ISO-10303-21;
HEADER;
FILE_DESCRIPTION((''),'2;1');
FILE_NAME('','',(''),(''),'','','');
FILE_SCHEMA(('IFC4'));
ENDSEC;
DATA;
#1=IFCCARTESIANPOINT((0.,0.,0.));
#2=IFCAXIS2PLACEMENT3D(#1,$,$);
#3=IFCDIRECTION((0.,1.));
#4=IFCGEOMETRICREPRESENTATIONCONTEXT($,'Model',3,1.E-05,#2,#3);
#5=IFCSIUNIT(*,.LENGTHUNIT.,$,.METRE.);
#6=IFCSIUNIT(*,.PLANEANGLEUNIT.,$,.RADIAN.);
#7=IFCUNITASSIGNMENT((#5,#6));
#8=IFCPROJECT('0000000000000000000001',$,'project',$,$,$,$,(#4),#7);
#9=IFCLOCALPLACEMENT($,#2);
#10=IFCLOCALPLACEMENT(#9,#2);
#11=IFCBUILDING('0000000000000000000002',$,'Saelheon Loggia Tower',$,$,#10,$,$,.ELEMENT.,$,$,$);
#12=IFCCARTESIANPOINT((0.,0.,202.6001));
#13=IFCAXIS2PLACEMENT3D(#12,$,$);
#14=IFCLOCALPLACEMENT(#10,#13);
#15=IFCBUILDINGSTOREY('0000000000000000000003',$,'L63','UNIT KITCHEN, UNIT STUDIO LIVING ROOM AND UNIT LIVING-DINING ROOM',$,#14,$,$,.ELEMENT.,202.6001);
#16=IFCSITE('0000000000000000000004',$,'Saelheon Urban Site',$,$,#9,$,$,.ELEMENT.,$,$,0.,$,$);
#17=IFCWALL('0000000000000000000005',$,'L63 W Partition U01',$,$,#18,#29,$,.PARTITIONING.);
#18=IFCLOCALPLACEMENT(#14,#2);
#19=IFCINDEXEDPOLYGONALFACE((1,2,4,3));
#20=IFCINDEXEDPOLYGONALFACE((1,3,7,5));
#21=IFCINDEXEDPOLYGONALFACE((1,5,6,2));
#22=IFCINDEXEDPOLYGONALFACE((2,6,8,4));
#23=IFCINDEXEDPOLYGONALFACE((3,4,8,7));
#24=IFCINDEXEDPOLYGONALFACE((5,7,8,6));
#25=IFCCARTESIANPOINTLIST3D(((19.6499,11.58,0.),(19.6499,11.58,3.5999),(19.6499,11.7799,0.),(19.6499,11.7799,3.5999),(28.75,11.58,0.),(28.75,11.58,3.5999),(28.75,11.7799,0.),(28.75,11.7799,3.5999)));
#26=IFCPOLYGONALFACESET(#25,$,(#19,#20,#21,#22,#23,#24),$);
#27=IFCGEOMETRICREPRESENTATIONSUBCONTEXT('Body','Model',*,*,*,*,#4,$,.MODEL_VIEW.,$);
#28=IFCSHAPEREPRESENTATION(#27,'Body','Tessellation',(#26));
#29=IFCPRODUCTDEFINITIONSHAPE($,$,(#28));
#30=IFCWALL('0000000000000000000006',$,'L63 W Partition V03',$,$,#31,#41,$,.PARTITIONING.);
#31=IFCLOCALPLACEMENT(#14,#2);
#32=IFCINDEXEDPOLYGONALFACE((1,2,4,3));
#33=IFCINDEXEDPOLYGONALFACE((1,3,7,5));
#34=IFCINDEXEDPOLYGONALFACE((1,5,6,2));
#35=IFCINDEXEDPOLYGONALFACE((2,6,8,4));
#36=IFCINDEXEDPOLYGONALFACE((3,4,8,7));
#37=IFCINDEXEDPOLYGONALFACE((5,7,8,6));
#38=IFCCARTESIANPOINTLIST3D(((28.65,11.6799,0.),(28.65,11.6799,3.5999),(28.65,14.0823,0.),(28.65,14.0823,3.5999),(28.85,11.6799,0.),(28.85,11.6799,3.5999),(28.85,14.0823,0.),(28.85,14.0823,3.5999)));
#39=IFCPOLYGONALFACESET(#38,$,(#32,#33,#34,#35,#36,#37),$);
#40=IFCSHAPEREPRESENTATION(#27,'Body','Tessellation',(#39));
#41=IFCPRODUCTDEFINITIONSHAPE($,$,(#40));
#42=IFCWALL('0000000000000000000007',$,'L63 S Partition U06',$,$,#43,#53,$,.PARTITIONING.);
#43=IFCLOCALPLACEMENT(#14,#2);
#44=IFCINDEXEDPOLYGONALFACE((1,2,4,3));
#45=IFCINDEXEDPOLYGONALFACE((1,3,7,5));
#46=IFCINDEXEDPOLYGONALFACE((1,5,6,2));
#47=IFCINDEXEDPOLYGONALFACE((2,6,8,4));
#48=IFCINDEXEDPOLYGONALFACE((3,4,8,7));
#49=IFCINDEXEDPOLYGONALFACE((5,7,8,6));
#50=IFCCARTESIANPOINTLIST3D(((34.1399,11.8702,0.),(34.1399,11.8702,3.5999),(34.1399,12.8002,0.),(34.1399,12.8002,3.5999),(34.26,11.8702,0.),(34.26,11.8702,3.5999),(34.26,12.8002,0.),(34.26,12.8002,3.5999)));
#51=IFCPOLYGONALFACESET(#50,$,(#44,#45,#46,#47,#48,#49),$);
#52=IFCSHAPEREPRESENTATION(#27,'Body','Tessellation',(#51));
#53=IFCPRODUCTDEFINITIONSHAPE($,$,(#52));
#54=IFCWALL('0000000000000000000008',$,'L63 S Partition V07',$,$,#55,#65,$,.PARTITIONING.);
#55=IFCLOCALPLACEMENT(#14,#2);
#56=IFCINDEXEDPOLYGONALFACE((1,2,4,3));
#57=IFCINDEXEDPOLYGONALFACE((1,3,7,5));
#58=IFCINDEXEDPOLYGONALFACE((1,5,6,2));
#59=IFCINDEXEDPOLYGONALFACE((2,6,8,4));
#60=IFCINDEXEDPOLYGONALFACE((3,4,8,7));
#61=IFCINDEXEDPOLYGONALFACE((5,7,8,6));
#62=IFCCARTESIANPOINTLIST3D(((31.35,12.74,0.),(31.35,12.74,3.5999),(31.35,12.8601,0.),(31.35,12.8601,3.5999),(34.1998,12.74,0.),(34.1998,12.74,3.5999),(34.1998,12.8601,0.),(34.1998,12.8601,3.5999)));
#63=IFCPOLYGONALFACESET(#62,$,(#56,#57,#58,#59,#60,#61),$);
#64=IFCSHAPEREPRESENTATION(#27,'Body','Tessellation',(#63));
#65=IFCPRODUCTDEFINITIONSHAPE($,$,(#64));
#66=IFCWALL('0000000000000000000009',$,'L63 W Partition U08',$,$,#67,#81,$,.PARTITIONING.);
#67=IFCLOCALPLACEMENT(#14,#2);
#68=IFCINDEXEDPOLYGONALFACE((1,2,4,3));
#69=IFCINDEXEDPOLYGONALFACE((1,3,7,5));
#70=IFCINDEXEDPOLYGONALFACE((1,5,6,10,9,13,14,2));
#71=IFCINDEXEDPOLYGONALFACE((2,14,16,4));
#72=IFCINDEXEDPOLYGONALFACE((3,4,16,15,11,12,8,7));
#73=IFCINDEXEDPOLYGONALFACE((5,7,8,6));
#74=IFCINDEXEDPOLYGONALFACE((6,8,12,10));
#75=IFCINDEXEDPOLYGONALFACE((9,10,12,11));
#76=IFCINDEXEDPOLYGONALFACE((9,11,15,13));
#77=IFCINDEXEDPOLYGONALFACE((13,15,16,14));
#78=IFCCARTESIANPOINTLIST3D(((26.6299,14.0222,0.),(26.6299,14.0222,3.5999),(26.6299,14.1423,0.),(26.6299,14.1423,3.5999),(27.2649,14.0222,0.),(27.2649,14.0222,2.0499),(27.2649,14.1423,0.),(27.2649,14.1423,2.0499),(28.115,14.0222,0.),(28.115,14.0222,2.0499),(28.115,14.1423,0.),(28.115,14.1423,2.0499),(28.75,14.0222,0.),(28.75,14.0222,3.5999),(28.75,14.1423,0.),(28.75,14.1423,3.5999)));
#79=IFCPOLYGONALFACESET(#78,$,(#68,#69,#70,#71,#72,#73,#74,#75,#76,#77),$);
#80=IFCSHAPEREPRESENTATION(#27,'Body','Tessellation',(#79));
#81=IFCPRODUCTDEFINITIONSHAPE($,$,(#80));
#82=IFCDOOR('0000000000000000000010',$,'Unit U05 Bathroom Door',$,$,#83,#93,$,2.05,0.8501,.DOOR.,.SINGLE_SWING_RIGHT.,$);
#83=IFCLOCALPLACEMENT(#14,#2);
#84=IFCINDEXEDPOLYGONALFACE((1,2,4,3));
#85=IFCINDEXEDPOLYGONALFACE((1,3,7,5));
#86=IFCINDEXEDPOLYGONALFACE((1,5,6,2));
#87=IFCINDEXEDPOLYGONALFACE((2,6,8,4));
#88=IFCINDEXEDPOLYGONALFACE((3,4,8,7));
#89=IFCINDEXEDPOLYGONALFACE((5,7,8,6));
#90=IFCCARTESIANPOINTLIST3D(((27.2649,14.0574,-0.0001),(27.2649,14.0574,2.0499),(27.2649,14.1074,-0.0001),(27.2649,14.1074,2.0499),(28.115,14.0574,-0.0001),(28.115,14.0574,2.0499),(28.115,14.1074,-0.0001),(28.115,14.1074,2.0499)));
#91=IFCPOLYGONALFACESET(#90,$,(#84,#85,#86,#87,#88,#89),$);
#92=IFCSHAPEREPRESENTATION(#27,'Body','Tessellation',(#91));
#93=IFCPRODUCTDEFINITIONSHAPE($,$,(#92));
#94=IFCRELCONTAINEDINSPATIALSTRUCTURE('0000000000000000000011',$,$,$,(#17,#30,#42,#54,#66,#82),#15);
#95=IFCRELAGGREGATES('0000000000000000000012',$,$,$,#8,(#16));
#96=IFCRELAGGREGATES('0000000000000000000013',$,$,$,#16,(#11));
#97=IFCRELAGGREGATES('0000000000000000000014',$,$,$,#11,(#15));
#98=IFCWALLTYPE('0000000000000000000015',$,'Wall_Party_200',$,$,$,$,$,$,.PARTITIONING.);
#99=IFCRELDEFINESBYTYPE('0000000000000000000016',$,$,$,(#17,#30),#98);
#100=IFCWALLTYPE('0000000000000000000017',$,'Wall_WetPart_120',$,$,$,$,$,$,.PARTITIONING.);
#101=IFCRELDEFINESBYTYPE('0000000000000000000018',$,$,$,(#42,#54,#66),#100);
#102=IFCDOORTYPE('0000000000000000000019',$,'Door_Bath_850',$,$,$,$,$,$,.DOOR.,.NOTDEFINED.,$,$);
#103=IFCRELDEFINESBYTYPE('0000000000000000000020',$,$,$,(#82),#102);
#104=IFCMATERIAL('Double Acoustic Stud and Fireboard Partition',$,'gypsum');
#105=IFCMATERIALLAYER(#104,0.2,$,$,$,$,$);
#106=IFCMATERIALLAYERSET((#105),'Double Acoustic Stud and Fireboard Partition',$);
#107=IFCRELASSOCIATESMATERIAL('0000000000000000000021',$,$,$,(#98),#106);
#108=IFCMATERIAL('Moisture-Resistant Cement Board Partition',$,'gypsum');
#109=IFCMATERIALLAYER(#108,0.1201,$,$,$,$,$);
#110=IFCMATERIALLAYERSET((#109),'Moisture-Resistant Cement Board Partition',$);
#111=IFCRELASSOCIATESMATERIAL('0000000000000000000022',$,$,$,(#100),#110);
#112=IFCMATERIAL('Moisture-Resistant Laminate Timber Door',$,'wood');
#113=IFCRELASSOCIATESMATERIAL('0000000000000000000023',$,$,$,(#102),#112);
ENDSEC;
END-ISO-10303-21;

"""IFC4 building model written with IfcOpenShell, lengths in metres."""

from ifc_helpers import new_model, si_unit, direction, frame, frame_2d, origin, place, context, subcontext, project, spatial, rectangle, extrude, source, transform, mapped, material, layer, layer_set, type_object, element, fill, save


model = new_model("IFC4")

# Units and contexts
model_context = context("Model", 3, precision=1e-05, world=origin(), true_north=direction((0.0, 1.0)))
body_context = subcontext(model_context, "Body", "Model", "MODEL_VIEW")
ifc_project = project(units=[si_unit("LENGTHUNIT", "METRE"), si_unit("PLANEANGLEUNIT", "RADIAN")], contexts=[model_context])

# Site, building, storey
site_placement = place(None, origin())
site = spatial("IfcSite", under=ifc_project, at=site_placement, Name="Saelheon Urban Site", CompositionType="ELEMENT", RefElevation=0.0)
building_placement = place(site_placement, origin())
building = spatial("IfcBuilding", under=site, at=building_placement, Name="Saelheon Loggia Tower", CompositionType="ELEMENT")
storey_placement = place(building_placement, frame((0.0, 0.0, 202.6001)))
storey = spatial("IfcBuildingStorey", under=building, at=storey_placement, Name="L63", Description="UNIT KITCHEN, UNIT STUDIO LIVING ROOM AND UNIT LIVING-DINING ROOM", CompositionType="ELEMENT", Elevation=202.6001)

# Walls
ifc_material_1 = material(Name="Double Acoustic Stud and Fireboard Partition", Category="gypsum")
ifc_layer_1 = layer(ifc_material_1, 0.2)
ifc_layer_set_1 = layer_set([ifc_layer_1], Name="Double Acoustic Stud and Fireboard Partition")
wall_type_1 = type_object("IfcWallType", Name="Wall_Party_200", PredefinedType="PARTITIONING", material=ifc_layer_set_1)
wall_1_placement = place(storey_placement, frame((28.75, 11.6799, 0.0), z_axis=(0.0, 0.0, 1.0), x_axis=(-1.0, 0.0, 0.0)))
element("IfcWall", 1, at=wall_1_placement, inside=storey, type_object=wall_type_1, Name="L63 W Partition U01", PredefinedType="PARTITIONING", context=body_context, shape_type="SweptSolid", body=[
    extrude(rectangle(XDim=9.1001, YDim=0.2, at=frame_2d((4.55, 0.0))), origin(), (0.0, 0.0, 1.0), 3.5999),
])
wall_2_placement = place(storey_placement, frame((28.75, 11.6799, 0.0), z_axis=(0.0, 0.0, 1.0), x_axis=(0.0, 1.0, 0.0)))
element("IfcWall", 2, at=wall_2_placement, inside=storey, type_object=wall_type_1, Name="L63 W Partition V03", PredefinedType="PARTITIONING", context=body_context, shape_type="SweptSolid", body=[
    extrude(rectangle(XDim=2.4023, YDim=0.2, at=frame_2d((1.2012, 0.0))), origin(), (0.0, 0.0, 1.0), 3.5999),
])

# Walls
ifc_material_2 = material(Name="Moisture-Resistant Cement Board Partition", Category="gypsum")
ifc_layer_2 = layer(ifc_material_2, 0.1201)
ifc_layer_set_2 = layer_set([ifc_layer_2], Name="Moisture-Resistant Cement Board Partition")
wall_type_2 = type_object("IfcWallType", Name="Wall_WetPart_120", PredefinedType="PARTITIONING", material=ifc_layer_set_2)
wall_3_placement = place(storey_placement, frame((34.2, 12.8, 0.0), z_axis=(0.0, 0.0, 1.0), x_axis=(0.0, -1.0, 0.0)))
element("IfcWall", 3, at=wall_3_placement, inside=storey, type_object=wall_type_2, Name="L63 S Partition U06", PredefinedType="PARTITIONING", context=body_context, shape_type="SweptSolid", body=[
    extrude(rectangle(XDim=0.9299, YDim=0.1201, at=frame_2d((0.4648, 0.0))), origin(), (0.0, 0.0, 1.0), 3.5999),
])
wall_4_placement = place(storey_placement, frame((31.3501, 12.8, 0.0), z_axis=(0.0, 0.0, 1.0), x_axis=(1.0, 0.0, 0.0)))
element("IfcWall", 4, at=wall_4_placement, inside=storey, type_object=wall_type_2, Name="L63 S Partition V07", PredefinedType="PARTITIONING", context=body_context, shape_type="SweptSolid", body=[
    extrude(rectangle(XDim=2.8499, YDim=0.1201, at=frame_2d((1.4248, 0.0))), origin(), (0.0, 0.0, 1.0), 3.5999),
])

# Wall, opening, door
wall_5_placement = place(storey_placement, frame((28.75, 14.0823, 0.0), z_axis=(0.0, 0.0, 1.0), x_axis=(-1.0, 0.0, 0.0)))
wall_5 = element("IfcWall", 5, at=wall_5_placement, inside=storey, type_object=wall_type_2, Name="L63 W Partition U08", PredefinedType="PARTITIONING", context=body_context, shape_type="SweptSolid", body=[
    extrude(rectangle(XDim=2.1201, YDim=0.1201, at=frame_2d((1.0601, 0.0))), origin(), (0.0, 0.0, 1.0), 3.5999),
])
opening_1_placement = place(wall_5_placement, frame((0.635, 0.0, 0.0)))
opening_1 = element("IfcOpeningElement", 6, at=opening_1_placement, cuts=wall_5, PredefinedType="OPENING", context=body_context, shape_type="SweptSolid", body=[
    extrude(rectangle(XDim=0.8501, YDim=2.05, at=frame_2d((0.425, 1.0249))), frame((0.0, 0.072, 0.0), z_axis=(0.0, -1.0, 0.0), x_axis=(1.0, 0.0, 0.0)), (0.0, 0.0, 1.0), 0.144),
])
ifc_material_3 = material(Name="Moisture-Resistant Laminate Timber Door", Category="wood")
door_type_1 = type_object("IfcDoorType", Name="Door_Bath_850", OperationType="NOTDEFINED", PredefinedType="DOOR", material=ifc_material_3)
shared_shape_1 = source(origin(), body_context, "Body", "SweptSolid", [
    extrude(rectangle(XDim=0.8501, YDim=2.05, at=frame_2d((0.425, 1.0249))), frame((0.0, 0.0249, 0.0), z_axis=(0.0, -1.0, 0.0), x_axis=(1.0, 0.0, 0.0)), (0.0, 0.0, 1.0), 0.05),
])
door_1_placement = place(opening_1_placement, origin())
door_1 = element("IfcDoor", 7, at=door_1_placement, inside=storey, type_object=door_type_1, Name="Unit U05 Bathroom Door", OperationType="SINGLE_SWING_RIGHT", OverallHeight=2.05, OverallWidth=0.8501, PredefinedType="DOOR", context=body_context, shape_type="MappedRepresentation", body=[
    mapped(shared_shape_1, transform((0.0, 0.0, 0.0), scale=1.0)),
])
fill(opening_1, door_1)

save(model, "model.ifc")
